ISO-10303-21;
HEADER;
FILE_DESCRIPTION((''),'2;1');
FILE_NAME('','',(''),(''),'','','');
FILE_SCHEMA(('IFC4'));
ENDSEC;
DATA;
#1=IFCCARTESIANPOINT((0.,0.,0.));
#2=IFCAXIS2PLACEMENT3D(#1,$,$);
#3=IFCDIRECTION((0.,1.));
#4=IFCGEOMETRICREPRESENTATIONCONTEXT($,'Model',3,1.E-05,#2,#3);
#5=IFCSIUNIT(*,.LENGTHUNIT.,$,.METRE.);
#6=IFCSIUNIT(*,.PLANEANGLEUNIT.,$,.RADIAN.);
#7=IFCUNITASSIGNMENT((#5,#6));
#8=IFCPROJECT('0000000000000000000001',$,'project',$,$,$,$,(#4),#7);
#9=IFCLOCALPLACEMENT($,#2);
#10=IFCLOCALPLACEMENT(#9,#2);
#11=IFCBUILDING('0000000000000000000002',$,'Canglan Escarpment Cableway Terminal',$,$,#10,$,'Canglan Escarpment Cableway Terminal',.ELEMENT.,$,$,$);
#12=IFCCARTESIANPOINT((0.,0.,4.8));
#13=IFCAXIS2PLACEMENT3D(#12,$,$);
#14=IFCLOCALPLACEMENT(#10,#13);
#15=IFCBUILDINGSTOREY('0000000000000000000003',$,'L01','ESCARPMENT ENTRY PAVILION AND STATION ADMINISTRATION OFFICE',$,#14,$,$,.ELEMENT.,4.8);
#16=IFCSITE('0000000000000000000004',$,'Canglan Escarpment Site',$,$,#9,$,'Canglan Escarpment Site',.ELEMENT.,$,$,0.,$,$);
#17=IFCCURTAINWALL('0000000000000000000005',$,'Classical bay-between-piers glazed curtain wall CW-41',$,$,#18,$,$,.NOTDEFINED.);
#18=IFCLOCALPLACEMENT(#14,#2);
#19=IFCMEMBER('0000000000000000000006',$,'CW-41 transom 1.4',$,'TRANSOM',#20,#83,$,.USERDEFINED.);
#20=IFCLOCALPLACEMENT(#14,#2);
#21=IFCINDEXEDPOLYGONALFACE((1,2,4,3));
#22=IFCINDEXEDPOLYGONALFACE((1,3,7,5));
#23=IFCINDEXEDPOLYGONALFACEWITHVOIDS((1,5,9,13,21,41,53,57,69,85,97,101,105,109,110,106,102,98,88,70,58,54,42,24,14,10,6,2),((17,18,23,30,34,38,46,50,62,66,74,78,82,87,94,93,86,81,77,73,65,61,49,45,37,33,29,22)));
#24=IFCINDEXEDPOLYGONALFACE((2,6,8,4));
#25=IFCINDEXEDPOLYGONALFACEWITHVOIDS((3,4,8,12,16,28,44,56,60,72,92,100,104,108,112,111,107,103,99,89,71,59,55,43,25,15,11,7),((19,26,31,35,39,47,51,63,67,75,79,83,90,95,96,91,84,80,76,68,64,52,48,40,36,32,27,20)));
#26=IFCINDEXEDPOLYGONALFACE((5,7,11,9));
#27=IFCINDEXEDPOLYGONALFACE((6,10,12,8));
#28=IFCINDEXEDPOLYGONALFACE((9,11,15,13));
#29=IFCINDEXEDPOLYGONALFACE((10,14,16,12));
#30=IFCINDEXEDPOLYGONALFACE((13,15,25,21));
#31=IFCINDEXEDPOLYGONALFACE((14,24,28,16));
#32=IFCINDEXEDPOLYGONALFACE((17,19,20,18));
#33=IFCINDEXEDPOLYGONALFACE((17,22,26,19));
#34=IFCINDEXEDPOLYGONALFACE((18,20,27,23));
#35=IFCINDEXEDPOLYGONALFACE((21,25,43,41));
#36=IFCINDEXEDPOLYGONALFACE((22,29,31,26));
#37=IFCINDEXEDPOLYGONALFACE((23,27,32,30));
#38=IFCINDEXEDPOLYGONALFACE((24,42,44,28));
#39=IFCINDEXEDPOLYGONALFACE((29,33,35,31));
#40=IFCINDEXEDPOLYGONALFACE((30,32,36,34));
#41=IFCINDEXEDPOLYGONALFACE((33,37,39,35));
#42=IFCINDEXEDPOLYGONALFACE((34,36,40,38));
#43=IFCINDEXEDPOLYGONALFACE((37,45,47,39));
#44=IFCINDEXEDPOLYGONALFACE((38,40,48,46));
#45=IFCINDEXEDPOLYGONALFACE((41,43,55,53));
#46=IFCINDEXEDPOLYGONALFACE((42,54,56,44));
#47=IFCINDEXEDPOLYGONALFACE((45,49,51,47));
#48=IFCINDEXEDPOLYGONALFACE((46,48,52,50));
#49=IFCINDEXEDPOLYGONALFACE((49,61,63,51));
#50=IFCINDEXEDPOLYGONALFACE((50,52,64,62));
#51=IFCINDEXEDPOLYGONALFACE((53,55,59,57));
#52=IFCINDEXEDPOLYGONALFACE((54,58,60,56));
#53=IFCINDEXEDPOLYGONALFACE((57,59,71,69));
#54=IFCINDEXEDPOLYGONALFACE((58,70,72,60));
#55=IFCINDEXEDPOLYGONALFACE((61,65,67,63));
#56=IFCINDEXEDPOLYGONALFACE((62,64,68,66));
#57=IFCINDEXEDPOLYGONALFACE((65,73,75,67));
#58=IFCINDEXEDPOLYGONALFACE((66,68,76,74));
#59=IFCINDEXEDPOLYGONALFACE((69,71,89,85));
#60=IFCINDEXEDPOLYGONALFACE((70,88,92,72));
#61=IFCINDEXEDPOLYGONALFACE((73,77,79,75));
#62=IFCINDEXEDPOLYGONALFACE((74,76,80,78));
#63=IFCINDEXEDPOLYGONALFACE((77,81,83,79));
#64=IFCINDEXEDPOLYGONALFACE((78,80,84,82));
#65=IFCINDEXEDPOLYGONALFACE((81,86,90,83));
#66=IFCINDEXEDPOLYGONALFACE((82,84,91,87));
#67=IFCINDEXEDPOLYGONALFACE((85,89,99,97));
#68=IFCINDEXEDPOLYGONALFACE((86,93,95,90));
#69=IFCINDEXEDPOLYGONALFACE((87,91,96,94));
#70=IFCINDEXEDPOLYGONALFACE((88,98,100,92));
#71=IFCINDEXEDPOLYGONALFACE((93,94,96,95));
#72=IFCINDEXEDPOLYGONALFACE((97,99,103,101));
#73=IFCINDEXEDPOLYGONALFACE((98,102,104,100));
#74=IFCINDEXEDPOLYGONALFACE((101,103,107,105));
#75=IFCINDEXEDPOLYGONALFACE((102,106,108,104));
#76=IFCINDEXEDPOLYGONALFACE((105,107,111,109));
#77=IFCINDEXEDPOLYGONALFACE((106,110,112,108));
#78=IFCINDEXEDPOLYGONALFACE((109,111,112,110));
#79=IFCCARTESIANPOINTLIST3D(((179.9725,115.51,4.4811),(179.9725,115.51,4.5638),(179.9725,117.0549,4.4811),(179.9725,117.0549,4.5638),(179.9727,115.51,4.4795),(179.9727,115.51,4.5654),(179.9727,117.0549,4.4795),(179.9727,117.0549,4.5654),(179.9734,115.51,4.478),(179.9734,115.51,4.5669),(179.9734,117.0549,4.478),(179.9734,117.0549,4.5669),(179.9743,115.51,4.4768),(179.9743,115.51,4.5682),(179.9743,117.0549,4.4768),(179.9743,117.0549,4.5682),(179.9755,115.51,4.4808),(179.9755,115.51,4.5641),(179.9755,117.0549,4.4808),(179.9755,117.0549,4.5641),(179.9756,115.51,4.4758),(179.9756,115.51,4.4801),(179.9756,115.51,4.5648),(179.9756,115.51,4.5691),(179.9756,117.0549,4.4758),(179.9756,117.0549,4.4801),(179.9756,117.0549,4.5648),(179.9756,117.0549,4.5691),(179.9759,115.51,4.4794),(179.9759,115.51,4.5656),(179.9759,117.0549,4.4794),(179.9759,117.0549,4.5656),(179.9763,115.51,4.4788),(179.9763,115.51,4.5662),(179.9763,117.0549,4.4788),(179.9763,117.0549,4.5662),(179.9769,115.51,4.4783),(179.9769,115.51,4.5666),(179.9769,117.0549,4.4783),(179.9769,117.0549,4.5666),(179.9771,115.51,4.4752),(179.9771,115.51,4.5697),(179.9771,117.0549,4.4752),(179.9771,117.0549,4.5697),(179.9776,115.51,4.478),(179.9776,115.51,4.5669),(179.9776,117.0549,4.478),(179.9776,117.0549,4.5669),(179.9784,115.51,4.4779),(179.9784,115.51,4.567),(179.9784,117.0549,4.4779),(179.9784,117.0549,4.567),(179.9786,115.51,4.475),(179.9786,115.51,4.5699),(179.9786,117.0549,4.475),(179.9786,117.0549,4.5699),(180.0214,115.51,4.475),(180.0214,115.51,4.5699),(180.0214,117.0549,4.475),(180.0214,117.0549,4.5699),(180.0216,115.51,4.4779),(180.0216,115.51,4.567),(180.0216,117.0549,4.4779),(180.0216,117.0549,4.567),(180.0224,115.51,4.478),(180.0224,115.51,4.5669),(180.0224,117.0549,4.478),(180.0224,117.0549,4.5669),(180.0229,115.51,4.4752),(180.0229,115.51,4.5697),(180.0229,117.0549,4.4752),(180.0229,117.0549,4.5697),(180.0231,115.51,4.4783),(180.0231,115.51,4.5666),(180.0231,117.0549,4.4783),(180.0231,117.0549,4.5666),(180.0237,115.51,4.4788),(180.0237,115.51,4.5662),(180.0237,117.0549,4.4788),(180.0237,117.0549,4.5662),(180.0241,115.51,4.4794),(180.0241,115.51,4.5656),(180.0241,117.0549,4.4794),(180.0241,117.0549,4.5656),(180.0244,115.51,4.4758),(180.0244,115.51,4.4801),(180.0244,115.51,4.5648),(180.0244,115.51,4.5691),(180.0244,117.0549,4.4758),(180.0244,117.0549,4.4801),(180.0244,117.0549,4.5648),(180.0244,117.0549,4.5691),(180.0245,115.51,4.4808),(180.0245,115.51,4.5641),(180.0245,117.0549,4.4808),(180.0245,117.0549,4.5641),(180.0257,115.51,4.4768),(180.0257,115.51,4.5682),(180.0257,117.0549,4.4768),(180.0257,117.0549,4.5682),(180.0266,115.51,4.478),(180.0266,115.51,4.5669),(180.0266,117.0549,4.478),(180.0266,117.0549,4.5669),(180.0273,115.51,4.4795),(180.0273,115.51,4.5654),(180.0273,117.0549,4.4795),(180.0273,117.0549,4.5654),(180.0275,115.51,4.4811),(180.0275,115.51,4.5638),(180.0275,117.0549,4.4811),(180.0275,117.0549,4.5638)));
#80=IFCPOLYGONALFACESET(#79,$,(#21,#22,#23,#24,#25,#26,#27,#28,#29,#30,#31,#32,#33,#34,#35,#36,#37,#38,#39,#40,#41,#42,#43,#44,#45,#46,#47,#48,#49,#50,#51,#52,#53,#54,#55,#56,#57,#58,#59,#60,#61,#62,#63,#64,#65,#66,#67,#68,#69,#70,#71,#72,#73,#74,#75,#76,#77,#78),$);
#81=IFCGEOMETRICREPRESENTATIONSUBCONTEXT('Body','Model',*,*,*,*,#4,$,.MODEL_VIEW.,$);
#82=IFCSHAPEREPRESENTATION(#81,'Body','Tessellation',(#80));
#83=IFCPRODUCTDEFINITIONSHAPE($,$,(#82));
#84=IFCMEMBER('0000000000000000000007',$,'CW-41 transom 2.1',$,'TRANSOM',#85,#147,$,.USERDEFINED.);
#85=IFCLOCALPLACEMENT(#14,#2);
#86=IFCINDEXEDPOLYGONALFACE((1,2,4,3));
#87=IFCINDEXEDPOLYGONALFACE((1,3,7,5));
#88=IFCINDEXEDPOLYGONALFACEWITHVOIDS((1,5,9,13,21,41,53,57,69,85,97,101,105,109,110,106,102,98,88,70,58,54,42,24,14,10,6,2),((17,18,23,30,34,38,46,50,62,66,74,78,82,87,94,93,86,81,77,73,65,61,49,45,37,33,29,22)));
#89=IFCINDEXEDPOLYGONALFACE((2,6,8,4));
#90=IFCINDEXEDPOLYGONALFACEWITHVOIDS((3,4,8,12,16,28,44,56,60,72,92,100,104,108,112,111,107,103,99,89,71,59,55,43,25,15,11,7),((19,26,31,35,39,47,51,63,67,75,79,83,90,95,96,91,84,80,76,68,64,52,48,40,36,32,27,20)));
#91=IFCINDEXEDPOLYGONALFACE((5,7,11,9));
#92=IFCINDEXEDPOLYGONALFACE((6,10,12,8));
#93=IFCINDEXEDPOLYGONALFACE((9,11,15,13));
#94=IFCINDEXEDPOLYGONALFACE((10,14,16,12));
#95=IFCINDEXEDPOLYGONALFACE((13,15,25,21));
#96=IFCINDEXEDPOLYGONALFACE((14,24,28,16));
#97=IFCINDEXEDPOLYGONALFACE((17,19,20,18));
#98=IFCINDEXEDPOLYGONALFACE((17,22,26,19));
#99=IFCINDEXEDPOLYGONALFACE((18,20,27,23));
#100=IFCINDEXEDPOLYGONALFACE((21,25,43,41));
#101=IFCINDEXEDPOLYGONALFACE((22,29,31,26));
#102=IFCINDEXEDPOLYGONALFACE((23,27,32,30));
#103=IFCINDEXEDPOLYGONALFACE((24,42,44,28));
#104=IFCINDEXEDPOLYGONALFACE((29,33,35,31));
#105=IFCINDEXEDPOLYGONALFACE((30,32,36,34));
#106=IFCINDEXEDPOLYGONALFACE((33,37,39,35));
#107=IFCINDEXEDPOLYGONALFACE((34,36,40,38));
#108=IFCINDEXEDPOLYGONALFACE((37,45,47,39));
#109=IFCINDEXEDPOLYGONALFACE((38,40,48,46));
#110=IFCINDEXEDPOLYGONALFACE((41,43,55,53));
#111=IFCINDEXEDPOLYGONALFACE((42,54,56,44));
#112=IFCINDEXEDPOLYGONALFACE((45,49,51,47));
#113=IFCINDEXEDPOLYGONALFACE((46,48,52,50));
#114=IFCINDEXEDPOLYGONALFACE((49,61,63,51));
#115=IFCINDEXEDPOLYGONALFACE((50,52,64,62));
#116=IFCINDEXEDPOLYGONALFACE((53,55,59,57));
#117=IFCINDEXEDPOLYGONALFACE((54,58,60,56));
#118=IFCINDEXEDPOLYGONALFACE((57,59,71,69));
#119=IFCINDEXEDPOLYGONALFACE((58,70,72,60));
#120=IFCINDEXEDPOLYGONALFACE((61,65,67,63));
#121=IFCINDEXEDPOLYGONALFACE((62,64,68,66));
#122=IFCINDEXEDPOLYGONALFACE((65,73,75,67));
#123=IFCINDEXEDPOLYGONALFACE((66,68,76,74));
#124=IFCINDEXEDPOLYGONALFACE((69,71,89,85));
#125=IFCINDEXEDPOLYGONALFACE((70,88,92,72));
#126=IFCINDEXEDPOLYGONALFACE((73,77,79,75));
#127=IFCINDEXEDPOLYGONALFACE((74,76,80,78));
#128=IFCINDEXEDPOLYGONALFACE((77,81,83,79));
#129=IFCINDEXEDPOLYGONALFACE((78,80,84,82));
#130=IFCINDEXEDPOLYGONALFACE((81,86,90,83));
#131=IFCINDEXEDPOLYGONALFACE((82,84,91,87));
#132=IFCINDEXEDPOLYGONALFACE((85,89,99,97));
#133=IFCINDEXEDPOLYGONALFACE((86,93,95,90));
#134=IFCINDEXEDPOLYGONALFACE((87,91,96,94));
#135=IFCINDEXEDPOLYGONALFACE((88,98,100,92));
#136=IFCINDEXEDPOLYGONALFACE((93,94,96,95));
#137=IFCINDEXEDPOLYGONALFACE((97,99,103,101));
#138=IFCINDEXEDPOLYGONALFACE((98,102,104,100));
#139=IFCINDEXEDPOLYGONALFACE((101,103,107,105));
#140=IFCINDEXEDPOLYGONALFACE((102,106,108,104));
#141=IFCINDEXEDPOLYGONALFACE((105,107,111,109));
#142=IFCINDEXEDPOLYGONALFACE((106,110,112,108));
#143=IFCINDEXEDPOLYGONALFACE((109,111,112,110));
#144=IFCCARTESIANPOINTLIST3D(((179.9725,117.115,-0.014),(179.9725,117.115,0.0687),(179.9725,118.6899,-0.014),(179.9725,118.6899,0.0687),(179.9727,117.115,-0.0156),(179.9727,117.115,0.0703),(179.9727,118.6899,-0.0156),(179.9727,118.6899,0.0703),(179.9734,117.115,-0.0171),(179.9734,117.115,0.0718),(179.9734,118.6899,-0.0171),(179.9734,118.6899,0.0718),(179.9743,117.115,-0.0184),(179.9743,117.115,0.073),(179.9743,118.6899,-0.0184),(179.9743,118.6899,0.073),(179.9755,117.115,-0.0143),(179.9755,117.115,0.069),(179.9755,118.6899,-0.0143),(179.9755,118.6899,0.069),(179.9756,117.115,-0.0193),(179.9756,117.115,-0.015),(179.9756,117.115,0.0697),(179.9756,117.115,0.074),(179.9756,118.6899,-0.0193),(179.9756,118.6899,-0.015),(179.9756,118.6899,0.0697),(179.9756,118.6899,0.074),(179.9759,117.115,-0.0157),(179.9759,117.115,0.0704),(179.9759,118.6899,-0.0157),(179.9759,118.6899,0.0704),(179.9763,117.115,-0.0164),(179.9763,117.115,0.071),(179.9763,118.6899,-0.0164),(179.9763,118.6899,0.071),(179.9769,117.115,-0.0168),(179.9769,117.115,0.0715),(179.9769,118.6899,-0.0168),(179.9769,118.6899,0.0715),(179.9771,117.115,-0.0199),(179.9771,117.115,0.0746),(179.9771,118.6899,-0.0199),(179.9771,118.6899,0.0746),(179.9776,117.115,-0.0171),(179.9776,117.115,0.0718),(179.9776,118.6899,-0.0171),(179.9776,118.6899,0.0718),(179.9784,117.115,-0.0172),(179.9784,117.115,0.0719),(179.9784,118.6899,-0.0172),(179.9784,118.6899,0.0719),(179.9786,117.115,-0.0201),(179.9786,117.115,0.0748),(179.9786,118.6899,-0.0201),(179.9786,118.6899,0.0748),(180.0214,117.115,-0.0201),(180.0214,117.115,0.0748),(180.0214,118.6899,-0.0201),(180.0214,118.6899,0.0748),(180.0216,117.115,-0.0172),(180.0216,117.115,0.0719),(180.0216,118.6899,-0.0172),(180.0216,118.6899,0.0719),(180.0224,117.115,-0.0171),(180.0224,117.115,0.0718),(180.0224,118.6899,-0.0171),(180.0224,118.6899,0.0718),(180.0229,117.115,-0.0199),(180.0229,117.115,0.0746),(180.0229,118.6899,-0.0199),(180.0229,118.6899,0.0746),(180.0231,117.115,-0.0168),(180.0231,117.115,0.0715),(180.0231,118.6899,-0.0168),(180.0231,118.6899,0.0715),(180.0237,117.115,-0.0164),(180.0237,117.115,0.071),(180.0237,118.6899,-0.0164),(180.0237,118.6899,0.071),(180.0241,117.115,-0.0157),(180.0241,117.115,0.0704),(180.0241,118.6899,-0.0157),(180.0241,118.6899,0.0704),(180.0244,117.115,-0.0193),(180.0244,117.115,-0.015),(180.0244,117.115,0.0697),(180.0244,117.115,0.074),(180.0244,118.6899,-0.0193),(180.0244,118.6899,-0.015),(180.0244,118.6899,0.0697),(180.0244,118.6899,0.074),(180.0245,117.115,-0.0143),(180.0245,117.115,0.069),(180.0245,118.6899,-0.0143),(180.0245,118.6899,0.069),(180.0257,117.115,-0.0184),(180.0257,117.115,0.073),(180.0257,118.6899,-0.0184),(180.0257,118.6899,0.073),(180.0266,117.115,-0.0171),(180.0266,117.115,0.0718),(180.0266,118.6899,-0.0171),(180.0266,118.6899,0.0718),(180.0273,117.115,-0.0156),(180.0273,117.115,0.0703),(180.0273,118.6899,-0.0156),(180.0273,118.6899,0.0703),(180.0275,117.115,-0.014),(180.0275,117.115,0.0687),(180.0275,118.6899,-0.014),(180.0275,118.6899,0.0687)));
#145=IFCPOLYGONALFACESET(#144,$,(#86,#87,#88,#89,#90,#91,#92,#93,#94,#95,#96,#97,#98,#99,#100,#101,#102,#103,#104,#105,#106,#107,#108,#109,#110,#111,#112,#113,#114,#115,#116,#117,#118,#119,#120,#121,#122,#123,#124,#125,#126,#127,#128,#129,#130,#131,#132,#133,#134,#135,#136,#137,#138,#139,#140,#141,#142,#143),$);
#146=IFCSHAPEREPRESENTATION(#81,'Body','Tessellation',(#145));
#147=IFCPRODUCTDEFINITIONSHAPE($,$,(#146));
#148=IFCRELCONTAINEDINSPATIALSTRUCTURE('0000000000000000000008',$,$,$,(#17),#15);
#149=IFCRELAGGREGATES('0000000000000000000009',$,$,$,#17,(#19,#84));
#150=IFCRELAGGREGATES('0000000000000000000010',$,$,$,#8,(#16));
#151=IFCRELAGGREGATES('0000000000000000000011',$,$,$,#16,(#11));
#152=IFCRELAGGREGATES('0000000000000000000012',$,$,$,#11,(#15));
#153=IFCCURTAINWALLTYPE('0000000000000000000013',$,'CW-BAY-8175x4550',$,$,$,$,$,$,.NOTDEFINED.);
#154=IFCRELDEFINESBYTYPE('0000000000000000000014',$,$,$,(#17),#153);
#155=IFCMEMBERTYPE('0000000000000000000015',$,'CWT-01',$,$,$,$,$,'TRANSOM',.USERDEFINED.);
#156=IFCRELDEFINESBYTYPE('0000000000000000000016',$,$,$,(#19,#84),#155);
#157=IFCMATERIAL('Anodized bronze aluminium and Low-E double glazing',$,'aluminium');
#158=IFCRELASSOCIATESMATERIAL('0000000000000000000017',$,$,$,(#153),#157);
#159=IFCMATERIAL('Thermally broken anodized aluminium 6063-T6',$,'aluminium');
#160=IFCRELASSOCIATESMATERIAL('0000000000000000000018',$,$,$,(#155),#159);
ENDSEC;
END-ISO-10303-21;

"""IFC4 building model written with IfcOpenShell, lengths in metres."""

from ifc_helpers import new_model, si_unit, direction, frame, origin, origin_2d, place, context, subcontext, project, spatial, hollow_rectangle, extrude, material, material_profile, profile_set, type_object, element, aggregate, save


model = new_model("IFC4")

# Units and contexts
model_context = context("Model", 3, precision=1e-05, world=origin(), true_north=direction((0.0, 1.0)))
body_context = subcontext(model_context, "Body", "Model", "MODEL_VIEW")
ifc_project = project(units=[si_unit("LENGTHUNIT", "METRE"), si_unit("PLANEANGLEUNIT", "RADIAN")], contexts=[model_context])

# Site, building, storey
site_placement = place(None, origin())
site = spatial("IfcSite", under=ifc_project, at=site_placement, Name="Canglan Escarpment Site", LongName="Canglan Escarpment Site", CompositionType="ELEMENT", RefElevation=0.0)
building_placement = place(site_placement, origin())
building = spatial("IfcBuilding", under=site, at=building_placement, Name="Canglan Escarpment Cableway Terminal", LongName="Canglan Escarpment Cableway Terminal", CompositionType="ELEMENT")
storey_placement = place(building_placement, frame((0.0, 0.0, 4.8)))
storey = spatial("IfcBuildingStorey", under=building, at=storey_placement, Name="L01", Description="ESCARPMENT ENTRY PAVILION AND STATION ADMINISTRATION OFFICE", CompositionType="ELEMENT", Elevation=4.8)

# Curtain wall, members
ifc_material_1 = material(Name="Anodized bronze aluminium and Low-E double glazing", Category="aluminium")
curtain_wall_type = type_object("IfcCurtainWallType", Name="CW-BAY-8175x4550", PredefinedType="NOTDEFINED", material=ifc_material_1)
curtain_wall_placement = place(storey_placement, origin())
curtain_wall = element("IfcCurtainWall", 1, at=curtain_wall_placement, inside=storey, type_object=curtain_wall_type, Name="Classical bay-between-piers glazed curtain wall CW-41", PredefinedType="NOTDEFINED")
ifc_material_2 = material(Name="Thermally broken anodized aluminium 6063-T6", Category="aluminium")
ifc_material_profile_1 = material_profile(ifc_material_2, hollow_rectangle(XDim=0.0549, YDim=0.095, WallThickness=0.0029, InnerFilletRadius=0.0029, OuterFilletRadius=0.0061, at=origin_2d()), Name="ALU-TRAN 55x95x3")
ifc_profile_set_1 = profile_set([ifc_material_profile_1], Name="Thermally broken anodized aluminium 6063-T6")
member_type_1 = type_object("IfcMemberType", Name="CWT-01", ElementType="TRANSOM", PredefinedType="USERDEFINED", material=ifc_profile_set_1)
member_1_placement = place(storey_placement, frame((180.0, 115.51, 4.5225), z_axis=(0.0, 1.0, 0.0), x_axis=(-1.0, 0.0, 0.0)))
member_1 = element("IfcMember", 2, at=member_1_placement, type_object=member_type_1, Name="CW-41 transom 1.4", ObjectType="TRANSOM", PredefinedType="USERDEFINED", context=body_context, shape_type="SweptSolid", body=[
    extrude(hollow_rectangle(XDim=0.0549, YDim=0.095, WallThickness=0.0029, InnerFilletRadius=0.0029, OuterFilletRadius=0.0061, at=origin_2d()), origin(), (0.0, 0.0, 1.0), 1.5449),
])
member_2_placement = place(storey_placement, frame((180.0, 117.115, 0.0273), z_axis=(0.0, 1.0, 0.0), x_axis=(-1.0, 0.0, 0.0)))
member_2 = element("IfcMember", 3, at=member_2_placement, type_object=member_type_1, Name="CW-41 transom 2.1", ObjectType="TRANSOM", PredefinedType="USERDEFINED", context=body_context, shape_type="SweptSolid", body=[
    extrude(hollow_rectangle(XDim=0.0549, YDim=0.095, WallThickness=0.0029, InnerFilletRadius=0.0029, OuterFilletRadius=0.0061, at=origin_2d()), origin(), (0.0, 0.0, 1.0), 1.575),
])
aggregate(curtain_wall, [member_1, member_2])

save(model, "model.ifc")
